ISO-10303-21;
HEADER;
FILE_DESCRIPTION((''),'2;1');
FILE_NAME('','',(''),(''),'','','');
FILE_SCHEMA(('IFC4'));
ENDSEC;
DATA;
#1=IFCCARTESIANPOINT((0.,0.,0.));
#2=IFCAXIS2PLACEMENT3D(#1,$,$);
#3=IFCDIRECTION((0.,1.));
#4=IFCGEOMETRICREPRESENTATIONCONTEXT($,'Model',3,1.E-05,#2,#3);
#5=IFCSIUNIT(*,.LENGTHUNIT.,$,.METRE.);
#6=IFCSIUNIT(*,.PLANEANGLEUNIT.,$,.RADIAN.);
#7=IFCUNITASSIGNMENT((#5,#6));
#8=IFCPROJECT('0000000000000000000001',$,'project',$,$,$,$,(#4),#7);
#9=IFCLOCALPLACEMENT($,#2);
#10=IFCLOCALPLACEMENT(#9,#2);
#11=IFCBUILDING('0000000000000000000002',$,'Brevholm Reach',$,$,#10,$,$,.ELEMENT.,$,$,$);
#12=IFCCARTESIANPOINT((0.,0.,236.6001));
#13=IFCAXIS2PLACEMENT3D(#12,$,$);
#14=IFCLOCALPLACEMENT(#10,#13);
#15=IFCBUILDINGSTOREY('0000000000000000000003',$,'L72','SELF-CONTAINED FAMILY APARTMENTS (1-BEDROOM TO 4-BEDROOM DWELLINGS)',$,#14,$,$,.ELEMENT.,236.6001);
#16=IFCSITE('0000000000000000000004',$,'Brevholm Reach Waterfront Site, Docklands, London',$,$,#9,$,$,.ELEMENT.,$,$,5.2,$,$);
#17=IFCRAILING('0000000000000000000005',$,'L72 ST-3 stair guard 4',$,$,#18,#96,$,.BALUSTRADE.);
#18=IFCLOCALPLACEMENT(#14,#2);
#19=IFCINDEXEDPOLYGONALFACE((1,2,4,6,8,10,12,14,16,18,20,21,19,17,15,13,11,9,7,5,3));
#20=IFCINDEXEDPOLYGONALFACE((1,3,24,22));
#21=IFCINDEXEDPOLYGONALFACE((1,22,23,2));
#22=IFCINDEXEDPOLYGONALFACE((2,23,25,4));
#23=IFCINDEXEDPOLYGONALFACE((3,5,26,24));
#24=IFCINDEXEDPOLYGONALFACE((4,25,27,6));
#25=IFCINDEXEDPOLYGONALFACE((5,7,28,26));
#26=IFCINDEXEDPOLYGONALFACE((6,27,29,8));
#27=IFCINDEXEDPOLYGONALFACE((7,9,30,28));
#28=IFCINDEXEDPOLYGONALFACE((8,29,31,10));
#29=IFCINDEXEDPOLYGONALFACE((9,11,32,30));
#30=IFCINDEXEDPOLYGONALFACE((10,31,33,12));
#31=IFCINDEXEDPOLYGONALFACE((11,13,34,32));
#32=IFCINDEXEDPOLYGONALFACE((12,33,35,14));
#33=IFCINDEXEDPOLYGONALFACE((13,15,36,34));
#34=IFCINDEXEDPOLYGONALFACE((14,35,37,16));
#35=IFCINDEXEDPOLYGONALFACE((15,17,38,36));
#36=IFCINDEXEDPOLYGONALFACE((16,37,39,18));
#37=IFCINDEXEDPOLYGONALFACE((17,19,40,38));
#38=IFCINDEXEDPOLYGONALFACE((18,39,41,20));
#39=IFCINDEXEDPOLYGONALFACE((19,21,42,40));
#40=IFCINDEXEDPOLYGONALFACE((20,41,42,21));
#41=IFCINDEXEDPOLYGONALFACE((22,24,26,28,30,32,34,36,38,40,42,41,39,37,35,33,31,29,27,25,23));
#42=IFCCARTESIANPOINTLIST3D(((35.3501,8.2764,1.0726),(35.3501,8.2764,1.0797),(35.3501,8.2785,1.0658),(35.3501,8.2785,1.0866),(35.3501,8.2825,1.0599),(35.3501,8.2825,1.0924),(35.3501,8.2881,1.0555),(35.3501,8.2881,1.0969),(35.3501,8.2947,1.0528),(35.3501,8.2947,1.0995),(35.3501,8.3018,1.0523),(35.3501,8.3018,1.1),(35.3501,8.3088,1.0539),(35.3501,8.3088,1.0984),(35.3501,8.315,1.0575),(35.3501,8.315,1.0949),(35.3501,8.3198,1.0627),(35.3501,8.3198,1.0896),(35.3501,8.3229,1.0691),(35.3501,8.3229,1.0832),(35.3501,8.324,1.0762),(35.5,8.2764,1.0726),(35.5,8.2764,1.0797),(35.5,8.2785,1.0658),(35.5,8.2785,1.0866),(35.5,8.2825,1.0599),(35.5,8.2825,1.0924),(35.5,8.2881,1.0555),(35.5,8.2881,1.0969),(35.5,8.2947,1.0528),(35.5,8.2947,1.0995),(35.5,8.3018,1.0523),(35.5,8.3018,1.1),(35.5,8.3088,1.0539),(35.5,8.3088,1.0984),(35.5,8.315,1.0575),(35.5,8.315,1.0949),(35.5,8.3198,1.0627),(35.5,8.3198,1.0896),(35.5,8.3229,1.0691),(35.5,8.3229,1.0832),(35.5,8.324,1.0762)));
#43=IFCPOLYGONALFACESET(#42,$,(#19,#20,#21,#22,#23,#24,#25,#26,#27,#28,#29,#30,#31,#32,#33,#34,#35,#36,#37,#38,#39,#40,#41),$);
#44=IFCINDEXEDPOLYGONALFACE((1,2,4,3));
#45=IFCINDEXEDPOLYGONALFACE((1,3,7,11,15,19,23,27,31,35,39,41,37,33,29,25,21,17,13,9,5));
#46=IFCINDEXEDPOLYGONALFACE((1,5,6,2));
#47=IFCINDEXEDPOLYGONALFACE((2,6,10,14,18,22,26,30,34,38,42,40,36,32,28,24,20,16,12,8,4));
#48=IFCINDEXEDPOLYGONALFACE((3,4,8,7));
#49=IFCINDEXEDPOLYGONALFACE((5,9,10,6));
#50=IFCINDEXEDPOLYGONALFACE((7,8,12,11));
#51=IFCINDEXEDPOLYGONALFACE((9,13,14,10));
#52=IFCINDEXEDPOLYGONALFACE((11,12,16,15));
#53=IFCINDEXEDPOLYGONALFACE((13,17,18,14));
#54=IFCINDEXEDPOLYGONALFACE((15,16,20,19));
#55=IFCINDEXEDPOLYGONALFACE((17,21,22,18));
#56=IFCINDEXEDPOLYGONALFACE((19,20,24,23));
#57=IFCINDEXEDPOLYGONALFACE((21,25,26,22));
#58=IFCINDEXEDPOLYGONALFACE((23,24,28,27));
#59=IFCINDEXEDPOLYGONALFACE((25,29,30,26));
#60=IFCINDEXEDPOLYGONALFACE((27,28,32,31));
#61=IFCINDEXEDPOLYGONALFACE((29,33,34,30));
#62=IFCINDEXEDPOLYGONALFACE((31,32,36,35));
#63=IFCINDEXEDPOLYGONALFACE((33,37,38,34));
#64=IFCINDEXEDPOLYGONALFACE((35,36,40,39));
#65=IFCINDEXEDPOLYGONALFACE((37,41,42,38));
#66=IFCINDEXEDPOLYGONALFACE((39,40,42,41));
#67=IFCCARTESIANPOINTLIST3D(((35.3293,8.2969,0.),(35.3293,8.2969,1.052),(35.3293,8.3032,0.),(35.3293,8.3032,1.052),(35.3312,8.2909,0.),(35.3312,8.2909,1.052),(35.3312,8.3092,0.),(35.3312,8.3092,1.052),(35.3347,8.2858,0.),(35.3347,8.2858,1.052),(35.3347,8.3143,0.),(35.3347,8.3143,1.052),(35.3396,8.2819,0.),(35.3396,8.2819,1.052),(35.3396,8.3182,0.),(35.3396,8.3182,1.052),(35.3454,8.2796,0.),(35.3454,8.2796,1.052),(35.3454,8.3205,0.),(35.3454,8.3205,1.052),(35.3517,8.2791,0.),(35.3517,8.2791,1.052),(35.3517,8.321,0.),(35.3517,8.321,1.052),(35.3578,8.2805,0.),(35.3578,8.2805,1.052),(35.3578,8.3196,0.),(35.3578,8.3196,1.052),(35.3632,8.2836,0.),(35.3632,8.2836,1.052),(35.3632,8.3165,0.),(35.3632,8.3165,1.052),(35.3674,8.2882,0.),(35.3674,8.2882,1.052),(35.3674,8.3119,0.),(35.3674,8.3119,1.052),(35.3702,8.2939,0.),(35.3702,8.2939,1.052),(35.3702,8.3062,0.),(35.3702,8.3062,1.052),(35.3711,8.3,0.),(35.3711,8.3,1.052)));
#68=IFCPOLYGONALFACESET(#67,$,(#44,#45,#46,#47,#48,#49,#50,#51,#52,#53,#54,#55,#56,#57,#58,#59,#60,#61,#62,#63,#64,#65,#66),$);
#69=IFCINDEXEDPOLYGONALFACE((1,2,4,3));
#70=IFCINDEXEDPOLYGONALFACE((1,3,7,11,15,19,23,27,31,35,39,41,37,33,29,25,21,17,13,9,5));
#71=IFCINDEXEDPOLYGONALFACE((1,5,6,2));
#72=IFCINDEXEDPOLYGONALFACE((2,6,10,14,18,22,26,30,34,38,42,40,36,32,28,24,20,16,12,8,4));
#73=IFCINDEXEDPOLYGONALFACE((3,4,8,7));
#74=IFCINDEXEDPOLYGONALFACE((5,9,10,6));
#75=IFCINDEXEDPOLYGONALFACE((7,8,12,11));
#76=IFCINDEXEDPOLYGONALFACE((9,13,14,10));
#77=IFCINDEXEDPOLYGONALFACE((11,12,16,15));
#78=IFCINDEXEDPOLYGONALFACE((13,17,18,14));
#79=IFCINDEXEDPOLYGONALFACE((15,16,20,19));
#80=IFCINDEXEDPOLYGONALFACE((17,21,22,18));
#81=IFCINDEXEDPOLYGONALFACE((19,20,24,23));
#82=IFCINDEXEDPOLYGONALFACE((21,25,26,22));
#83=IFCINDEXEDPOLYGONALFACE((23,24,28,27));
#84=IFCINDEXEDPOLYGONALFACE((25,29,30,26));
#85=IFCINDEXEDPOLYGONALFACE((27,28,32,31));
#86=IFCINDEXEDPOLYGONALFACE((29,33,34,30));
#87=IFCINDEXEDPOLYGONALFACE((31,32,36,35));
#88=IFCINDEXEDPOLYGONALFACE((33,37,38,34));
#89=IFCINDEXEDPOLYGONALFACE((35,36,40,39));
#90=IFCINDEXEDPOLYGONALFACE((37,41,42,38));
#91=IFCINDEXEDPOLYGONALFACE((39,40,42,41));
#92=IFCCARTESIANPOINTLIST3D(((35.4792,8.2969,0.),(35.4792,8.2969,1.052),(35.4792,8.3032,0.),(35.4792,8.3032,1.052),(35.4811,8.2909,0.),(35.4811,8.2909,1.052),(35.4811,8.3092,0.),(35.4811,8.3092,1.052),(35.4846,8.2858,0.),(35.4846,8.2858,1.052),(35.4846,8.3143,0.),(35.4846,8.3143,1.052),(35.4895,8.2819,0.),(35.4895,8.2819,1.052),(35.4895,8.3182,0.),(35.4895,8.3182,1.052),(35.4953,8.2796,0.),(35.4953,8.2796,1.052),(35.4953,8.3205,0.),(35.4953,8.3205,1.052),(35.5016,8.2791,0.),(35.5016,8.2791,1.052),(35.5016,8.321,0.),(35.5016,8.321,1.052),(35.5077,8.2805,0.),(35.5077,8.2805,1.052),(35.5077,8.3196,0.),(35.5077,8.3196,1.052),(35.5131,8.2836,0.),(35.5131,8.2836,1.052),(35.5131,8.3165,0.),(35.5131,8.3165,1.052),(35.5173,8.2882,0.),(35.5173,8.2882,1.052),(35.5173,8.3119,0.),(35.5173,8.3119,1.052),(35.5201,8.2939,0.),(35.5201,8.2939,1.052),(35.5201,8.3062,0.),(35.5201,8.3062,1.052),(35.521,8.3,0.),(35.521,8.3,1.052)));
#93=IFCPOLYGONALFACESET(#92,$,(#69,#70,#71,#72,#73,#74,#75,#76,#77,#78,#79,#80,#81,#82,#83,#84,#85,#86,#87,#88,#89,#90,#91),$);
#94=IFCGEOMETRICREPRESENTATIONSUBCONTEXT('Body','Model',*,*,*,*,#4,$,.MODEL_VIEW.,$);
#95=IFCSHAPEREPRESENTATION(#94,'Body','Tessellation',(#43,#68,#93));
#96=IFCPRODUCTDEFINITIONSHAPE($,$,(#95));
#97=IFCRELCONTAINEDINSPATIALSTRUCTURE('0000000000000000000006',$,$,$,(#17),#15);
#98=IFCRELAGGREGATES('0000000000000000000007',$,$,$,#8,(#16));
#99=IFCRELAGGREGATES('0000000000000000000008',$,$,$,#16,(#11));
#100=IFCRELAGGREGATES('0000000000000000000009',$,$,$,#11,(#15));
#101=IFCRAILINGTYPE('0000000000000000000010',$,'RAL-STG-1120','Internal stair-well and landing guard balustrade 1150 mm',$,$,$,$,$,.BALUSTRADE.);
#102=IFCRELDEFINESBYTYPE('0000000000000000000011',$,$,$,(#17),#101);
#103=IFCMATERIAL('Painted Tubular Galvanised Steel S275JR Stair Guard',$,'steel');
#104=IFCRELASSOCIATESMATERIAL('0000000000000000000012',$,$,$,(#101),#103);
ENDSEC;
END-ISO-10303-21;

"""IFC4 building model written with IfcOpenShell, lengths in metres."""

from ifc_helpers import new_model, si_unit, direction, frame, origin, origin_2d, place, context, subcontext, project, spatial, circle, extrude, material, type_object, element, save


model = new_model("IFC4")

# Units and contexts
model_context = context("Model", 3, precision=1e-05, world=origin(), true_north=direction((0.0, 1.0)))
body_context = subcontext(model_context, "Body", "Model", "MODEL_VIEW")
ifc_project = project(units=[si_unit("LENGTHUNIT", "METRE"), si_unit("PLANEANGLEUNIT", "RADIAN")], contexts=[model_context])

# Site, building, storey
site_placement = place(None, origin())
site = spatial("IfcSite", under=ifc_project, at=site_placement, Name="Brevholm Reach Waterfront Site, Docklands, London", CompositionType="ELEMENT", RefElevation=5.2)
building_placement = place(site_placement, origin())
building = spatial("IfcBuilding", under=site, at=building_placement, Name="Brevholm Reach", CompositionType="ELEMENT")
storey_placement = place(building_placement, frame((0.0, 0.0, 236.6001)))
storey = spatial("IfcBuildingStorey", under=building, at=storey_placement, Name="L72", Description="SELF-CONTAINED FAMILY APARTMENTS (1-BEDROOM TO 4-BEDROOM DWELLINGS)", CompositionType="ELEMENT", Elevation=236.6001)

# Railing
ifc_material_1 = material(Name="Painted Tubular Galvanised Steel S275JR Stair Guard", Category="steel")
railing_type = type_object("IfcRailingType", Name="RAL-STG-1120", Description="Internal stair-well and landing guard balustrade 1150 mm", PredefinedType="BALUSTRADE", material=ifc_material_1)
railing_1_placement = place(storey_placement, frame((35.3501, 8.3, 0.0)))
element("IfcRailing", 1, at=railing_1_placement, inside=storey, type_object=railing_type, Name="L72 ST-3 stair guard 4", PredefinedType="BALUSTRADE", context=body_context, shape_type="SweptSolid", body=[
    extrude(circle(Radius=0.0239, at=origin_2d()), frame((0.0, 0.0, 1.0762), z_axis=(1.0, 0.0, 0.0), x_axis=(0.0, 1.0, 0.0)), (0.0, 0.0, 1.0), 0.1499),
    extrude(circle(Radius=0.021, at=origin_2d()), origin(), (0.0, 0.0, 1.0), 1.052),
    extrude(circle(Radius=0.021, at=origin_2d()), frame((0.1499, 0.0, 0.0)), (0.0, 0.0, 1.0), 1.052),
])

save(model, "model.ifc")
